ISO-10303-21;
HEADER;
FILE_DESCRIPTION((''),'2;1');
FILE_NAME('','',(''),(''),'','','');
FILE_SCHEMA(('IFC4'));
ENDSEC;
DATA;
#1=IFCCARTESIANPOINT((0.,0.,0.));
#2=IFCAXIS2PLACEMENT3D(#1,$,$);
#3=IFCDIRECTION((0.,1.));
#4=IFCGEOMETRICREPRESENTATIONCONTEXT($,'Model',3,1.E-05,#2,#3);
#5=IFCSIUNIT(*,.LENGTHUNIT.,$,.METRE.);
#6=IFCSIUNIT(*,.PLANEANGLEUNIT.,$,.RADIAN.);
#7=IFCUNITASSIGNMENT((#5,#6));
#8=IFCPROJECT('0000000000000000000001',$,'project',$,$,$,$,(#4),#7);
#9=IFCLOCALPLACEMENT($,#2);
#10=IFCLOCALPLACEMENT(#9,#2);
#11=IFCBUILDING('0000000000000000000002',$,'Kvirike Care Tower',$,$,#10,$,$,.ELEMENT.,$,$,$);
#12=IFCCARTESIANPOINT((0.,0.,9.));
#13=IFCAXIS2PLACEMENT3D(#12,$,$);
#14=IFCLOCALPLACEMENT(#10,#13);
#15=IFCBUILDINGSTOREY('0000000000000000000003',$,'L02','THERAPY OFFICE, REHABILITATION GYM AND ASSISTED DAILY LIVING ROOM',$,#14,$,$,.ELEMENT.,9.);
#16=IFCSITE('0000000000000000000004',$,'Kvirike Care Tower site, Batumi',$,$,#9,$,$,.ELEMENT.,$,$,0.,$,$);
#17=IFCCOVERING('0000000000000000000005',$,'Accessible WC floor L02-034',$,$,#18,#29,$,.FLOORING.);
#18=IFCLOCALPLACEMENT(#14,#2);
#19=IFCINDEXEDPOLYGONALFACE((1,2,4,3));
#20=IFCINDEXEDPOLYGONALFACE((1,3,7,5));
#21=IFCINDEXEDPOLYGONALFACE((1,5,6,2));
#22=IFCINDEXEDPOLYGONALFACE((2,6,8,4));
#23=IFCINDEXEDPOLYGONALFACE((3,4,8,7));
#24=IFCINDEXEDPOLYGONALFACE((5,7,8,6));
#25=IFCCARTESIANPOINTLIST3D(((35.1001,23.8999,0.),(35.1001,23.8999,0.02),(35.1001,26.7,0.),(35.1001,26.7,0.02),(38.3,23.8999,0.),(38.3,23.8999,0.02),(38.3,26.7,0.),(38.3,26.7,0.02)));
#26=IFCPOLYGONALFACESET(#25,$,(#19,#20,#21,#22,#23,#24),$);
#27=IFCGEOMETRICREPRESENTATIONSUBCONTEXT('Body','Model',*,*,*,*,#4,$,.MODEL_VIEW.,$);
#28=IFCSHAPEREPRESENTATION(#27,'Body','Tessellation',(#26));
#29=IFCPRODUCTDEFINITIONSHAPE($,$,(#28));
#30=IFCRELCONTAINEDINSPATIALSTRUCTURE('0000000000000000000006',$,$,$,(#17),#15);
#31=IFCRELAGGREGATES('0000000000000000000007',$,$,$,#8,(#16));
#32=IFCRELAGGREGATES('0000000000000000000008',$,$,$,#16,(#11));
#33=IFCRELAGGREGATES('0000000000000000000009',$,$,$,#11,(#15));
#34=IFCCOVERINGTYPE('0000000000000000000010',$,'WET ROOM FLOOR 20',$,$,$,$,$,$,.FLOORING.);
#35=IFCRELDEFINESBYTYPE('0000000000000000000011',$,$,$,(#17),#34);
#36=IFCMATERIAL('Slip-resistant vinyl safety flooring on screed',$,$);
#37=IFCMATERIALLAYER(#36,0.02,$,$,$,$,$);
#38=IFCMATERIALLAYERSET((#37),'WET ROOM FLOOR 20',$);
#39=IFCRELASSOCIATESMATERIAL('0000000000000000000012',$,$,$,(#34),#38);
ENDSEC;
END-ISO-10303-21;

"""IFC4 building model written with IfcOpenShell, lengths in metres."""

from ifc_helpers import new_model, si_unit, direction, frame, origin, place, context, subcontext, project, spatial, polyline, outline, extrude, material, layer, layer_set, type_object, element, save


model = new_model("IFC4")

# Units and contexts
model_context = context("Model", 3, precision=1e-05, world=origin(), true_north=direction((0.0, 1.0)))
body_context = subcontext(model_context, "Body", "Model", "MODEL_VIEW")
ifc_project = project(units=[si_unit("LENGTHUNIT", "METRE"), si_unit("PLANEANGLEUNIT", "RADIAN")], contexts=[model_context])

# Site, building, storey
site_placement = place(None, origin())
site = spatial("IfcSite", under=ifc_project, at=site_placement, Name="Kvirike Care Tower site, Batumi", CompositionType="ELEMENT", RefElevation=0.0)
building_placement = place(site_placement, origin())
building = spatial("IfcBuilding", under=site, at=building_placement, Name="Kvirike Care Tower", CompositionType="ELEMENT")
storey_placement = place(building_placement, frame((0.0, 0.0, 9.0)))
storey = spatial("IfcBuildingStorey", under=building, at=storey_placement, Name="L02", Description="THERAPY OFFICE, REHABILITATION GYM AND ASSISTED DAILY LIVING ROOM", CompositionType="ELEMENT", Elevation=9.0)

# Covering
ifc_material_1 = material(Name="Slip-resistant vinyl safety flooring on screed")
ifc_layer_1 = layer(ifc_material_1, 0.02)
ifc_layer_set_1 = layer_set([ifc_layer_1], Name="WET ROOM FLOOR 20")
covering_type_1 = type_object("IfcCoveringType", Name="WET ROOM FLOOR 20", PredefinedType="FLOORING", material=ifc_layer_set_1)
covering_1_placement = place(storey_placement, origin())
element("IfcCovering", 1, at=covering_1_placement, inside=storey, type_object=covering_type_1, Name="Accessible WC floor L02-034", PredefinedType="FLOORING", context=body_context, shape_type="SweptSolid", body=[
    extrude(outline(polyline([(35.1001, 26.7), (38.3, 26.7), (38.3, 23.8999), (35.1001, 23.8999), (35.1001, 26.7)])), origin(), (0.0, 0.0, 1.0), 0.02),
])

save(model, "model.ifc")
